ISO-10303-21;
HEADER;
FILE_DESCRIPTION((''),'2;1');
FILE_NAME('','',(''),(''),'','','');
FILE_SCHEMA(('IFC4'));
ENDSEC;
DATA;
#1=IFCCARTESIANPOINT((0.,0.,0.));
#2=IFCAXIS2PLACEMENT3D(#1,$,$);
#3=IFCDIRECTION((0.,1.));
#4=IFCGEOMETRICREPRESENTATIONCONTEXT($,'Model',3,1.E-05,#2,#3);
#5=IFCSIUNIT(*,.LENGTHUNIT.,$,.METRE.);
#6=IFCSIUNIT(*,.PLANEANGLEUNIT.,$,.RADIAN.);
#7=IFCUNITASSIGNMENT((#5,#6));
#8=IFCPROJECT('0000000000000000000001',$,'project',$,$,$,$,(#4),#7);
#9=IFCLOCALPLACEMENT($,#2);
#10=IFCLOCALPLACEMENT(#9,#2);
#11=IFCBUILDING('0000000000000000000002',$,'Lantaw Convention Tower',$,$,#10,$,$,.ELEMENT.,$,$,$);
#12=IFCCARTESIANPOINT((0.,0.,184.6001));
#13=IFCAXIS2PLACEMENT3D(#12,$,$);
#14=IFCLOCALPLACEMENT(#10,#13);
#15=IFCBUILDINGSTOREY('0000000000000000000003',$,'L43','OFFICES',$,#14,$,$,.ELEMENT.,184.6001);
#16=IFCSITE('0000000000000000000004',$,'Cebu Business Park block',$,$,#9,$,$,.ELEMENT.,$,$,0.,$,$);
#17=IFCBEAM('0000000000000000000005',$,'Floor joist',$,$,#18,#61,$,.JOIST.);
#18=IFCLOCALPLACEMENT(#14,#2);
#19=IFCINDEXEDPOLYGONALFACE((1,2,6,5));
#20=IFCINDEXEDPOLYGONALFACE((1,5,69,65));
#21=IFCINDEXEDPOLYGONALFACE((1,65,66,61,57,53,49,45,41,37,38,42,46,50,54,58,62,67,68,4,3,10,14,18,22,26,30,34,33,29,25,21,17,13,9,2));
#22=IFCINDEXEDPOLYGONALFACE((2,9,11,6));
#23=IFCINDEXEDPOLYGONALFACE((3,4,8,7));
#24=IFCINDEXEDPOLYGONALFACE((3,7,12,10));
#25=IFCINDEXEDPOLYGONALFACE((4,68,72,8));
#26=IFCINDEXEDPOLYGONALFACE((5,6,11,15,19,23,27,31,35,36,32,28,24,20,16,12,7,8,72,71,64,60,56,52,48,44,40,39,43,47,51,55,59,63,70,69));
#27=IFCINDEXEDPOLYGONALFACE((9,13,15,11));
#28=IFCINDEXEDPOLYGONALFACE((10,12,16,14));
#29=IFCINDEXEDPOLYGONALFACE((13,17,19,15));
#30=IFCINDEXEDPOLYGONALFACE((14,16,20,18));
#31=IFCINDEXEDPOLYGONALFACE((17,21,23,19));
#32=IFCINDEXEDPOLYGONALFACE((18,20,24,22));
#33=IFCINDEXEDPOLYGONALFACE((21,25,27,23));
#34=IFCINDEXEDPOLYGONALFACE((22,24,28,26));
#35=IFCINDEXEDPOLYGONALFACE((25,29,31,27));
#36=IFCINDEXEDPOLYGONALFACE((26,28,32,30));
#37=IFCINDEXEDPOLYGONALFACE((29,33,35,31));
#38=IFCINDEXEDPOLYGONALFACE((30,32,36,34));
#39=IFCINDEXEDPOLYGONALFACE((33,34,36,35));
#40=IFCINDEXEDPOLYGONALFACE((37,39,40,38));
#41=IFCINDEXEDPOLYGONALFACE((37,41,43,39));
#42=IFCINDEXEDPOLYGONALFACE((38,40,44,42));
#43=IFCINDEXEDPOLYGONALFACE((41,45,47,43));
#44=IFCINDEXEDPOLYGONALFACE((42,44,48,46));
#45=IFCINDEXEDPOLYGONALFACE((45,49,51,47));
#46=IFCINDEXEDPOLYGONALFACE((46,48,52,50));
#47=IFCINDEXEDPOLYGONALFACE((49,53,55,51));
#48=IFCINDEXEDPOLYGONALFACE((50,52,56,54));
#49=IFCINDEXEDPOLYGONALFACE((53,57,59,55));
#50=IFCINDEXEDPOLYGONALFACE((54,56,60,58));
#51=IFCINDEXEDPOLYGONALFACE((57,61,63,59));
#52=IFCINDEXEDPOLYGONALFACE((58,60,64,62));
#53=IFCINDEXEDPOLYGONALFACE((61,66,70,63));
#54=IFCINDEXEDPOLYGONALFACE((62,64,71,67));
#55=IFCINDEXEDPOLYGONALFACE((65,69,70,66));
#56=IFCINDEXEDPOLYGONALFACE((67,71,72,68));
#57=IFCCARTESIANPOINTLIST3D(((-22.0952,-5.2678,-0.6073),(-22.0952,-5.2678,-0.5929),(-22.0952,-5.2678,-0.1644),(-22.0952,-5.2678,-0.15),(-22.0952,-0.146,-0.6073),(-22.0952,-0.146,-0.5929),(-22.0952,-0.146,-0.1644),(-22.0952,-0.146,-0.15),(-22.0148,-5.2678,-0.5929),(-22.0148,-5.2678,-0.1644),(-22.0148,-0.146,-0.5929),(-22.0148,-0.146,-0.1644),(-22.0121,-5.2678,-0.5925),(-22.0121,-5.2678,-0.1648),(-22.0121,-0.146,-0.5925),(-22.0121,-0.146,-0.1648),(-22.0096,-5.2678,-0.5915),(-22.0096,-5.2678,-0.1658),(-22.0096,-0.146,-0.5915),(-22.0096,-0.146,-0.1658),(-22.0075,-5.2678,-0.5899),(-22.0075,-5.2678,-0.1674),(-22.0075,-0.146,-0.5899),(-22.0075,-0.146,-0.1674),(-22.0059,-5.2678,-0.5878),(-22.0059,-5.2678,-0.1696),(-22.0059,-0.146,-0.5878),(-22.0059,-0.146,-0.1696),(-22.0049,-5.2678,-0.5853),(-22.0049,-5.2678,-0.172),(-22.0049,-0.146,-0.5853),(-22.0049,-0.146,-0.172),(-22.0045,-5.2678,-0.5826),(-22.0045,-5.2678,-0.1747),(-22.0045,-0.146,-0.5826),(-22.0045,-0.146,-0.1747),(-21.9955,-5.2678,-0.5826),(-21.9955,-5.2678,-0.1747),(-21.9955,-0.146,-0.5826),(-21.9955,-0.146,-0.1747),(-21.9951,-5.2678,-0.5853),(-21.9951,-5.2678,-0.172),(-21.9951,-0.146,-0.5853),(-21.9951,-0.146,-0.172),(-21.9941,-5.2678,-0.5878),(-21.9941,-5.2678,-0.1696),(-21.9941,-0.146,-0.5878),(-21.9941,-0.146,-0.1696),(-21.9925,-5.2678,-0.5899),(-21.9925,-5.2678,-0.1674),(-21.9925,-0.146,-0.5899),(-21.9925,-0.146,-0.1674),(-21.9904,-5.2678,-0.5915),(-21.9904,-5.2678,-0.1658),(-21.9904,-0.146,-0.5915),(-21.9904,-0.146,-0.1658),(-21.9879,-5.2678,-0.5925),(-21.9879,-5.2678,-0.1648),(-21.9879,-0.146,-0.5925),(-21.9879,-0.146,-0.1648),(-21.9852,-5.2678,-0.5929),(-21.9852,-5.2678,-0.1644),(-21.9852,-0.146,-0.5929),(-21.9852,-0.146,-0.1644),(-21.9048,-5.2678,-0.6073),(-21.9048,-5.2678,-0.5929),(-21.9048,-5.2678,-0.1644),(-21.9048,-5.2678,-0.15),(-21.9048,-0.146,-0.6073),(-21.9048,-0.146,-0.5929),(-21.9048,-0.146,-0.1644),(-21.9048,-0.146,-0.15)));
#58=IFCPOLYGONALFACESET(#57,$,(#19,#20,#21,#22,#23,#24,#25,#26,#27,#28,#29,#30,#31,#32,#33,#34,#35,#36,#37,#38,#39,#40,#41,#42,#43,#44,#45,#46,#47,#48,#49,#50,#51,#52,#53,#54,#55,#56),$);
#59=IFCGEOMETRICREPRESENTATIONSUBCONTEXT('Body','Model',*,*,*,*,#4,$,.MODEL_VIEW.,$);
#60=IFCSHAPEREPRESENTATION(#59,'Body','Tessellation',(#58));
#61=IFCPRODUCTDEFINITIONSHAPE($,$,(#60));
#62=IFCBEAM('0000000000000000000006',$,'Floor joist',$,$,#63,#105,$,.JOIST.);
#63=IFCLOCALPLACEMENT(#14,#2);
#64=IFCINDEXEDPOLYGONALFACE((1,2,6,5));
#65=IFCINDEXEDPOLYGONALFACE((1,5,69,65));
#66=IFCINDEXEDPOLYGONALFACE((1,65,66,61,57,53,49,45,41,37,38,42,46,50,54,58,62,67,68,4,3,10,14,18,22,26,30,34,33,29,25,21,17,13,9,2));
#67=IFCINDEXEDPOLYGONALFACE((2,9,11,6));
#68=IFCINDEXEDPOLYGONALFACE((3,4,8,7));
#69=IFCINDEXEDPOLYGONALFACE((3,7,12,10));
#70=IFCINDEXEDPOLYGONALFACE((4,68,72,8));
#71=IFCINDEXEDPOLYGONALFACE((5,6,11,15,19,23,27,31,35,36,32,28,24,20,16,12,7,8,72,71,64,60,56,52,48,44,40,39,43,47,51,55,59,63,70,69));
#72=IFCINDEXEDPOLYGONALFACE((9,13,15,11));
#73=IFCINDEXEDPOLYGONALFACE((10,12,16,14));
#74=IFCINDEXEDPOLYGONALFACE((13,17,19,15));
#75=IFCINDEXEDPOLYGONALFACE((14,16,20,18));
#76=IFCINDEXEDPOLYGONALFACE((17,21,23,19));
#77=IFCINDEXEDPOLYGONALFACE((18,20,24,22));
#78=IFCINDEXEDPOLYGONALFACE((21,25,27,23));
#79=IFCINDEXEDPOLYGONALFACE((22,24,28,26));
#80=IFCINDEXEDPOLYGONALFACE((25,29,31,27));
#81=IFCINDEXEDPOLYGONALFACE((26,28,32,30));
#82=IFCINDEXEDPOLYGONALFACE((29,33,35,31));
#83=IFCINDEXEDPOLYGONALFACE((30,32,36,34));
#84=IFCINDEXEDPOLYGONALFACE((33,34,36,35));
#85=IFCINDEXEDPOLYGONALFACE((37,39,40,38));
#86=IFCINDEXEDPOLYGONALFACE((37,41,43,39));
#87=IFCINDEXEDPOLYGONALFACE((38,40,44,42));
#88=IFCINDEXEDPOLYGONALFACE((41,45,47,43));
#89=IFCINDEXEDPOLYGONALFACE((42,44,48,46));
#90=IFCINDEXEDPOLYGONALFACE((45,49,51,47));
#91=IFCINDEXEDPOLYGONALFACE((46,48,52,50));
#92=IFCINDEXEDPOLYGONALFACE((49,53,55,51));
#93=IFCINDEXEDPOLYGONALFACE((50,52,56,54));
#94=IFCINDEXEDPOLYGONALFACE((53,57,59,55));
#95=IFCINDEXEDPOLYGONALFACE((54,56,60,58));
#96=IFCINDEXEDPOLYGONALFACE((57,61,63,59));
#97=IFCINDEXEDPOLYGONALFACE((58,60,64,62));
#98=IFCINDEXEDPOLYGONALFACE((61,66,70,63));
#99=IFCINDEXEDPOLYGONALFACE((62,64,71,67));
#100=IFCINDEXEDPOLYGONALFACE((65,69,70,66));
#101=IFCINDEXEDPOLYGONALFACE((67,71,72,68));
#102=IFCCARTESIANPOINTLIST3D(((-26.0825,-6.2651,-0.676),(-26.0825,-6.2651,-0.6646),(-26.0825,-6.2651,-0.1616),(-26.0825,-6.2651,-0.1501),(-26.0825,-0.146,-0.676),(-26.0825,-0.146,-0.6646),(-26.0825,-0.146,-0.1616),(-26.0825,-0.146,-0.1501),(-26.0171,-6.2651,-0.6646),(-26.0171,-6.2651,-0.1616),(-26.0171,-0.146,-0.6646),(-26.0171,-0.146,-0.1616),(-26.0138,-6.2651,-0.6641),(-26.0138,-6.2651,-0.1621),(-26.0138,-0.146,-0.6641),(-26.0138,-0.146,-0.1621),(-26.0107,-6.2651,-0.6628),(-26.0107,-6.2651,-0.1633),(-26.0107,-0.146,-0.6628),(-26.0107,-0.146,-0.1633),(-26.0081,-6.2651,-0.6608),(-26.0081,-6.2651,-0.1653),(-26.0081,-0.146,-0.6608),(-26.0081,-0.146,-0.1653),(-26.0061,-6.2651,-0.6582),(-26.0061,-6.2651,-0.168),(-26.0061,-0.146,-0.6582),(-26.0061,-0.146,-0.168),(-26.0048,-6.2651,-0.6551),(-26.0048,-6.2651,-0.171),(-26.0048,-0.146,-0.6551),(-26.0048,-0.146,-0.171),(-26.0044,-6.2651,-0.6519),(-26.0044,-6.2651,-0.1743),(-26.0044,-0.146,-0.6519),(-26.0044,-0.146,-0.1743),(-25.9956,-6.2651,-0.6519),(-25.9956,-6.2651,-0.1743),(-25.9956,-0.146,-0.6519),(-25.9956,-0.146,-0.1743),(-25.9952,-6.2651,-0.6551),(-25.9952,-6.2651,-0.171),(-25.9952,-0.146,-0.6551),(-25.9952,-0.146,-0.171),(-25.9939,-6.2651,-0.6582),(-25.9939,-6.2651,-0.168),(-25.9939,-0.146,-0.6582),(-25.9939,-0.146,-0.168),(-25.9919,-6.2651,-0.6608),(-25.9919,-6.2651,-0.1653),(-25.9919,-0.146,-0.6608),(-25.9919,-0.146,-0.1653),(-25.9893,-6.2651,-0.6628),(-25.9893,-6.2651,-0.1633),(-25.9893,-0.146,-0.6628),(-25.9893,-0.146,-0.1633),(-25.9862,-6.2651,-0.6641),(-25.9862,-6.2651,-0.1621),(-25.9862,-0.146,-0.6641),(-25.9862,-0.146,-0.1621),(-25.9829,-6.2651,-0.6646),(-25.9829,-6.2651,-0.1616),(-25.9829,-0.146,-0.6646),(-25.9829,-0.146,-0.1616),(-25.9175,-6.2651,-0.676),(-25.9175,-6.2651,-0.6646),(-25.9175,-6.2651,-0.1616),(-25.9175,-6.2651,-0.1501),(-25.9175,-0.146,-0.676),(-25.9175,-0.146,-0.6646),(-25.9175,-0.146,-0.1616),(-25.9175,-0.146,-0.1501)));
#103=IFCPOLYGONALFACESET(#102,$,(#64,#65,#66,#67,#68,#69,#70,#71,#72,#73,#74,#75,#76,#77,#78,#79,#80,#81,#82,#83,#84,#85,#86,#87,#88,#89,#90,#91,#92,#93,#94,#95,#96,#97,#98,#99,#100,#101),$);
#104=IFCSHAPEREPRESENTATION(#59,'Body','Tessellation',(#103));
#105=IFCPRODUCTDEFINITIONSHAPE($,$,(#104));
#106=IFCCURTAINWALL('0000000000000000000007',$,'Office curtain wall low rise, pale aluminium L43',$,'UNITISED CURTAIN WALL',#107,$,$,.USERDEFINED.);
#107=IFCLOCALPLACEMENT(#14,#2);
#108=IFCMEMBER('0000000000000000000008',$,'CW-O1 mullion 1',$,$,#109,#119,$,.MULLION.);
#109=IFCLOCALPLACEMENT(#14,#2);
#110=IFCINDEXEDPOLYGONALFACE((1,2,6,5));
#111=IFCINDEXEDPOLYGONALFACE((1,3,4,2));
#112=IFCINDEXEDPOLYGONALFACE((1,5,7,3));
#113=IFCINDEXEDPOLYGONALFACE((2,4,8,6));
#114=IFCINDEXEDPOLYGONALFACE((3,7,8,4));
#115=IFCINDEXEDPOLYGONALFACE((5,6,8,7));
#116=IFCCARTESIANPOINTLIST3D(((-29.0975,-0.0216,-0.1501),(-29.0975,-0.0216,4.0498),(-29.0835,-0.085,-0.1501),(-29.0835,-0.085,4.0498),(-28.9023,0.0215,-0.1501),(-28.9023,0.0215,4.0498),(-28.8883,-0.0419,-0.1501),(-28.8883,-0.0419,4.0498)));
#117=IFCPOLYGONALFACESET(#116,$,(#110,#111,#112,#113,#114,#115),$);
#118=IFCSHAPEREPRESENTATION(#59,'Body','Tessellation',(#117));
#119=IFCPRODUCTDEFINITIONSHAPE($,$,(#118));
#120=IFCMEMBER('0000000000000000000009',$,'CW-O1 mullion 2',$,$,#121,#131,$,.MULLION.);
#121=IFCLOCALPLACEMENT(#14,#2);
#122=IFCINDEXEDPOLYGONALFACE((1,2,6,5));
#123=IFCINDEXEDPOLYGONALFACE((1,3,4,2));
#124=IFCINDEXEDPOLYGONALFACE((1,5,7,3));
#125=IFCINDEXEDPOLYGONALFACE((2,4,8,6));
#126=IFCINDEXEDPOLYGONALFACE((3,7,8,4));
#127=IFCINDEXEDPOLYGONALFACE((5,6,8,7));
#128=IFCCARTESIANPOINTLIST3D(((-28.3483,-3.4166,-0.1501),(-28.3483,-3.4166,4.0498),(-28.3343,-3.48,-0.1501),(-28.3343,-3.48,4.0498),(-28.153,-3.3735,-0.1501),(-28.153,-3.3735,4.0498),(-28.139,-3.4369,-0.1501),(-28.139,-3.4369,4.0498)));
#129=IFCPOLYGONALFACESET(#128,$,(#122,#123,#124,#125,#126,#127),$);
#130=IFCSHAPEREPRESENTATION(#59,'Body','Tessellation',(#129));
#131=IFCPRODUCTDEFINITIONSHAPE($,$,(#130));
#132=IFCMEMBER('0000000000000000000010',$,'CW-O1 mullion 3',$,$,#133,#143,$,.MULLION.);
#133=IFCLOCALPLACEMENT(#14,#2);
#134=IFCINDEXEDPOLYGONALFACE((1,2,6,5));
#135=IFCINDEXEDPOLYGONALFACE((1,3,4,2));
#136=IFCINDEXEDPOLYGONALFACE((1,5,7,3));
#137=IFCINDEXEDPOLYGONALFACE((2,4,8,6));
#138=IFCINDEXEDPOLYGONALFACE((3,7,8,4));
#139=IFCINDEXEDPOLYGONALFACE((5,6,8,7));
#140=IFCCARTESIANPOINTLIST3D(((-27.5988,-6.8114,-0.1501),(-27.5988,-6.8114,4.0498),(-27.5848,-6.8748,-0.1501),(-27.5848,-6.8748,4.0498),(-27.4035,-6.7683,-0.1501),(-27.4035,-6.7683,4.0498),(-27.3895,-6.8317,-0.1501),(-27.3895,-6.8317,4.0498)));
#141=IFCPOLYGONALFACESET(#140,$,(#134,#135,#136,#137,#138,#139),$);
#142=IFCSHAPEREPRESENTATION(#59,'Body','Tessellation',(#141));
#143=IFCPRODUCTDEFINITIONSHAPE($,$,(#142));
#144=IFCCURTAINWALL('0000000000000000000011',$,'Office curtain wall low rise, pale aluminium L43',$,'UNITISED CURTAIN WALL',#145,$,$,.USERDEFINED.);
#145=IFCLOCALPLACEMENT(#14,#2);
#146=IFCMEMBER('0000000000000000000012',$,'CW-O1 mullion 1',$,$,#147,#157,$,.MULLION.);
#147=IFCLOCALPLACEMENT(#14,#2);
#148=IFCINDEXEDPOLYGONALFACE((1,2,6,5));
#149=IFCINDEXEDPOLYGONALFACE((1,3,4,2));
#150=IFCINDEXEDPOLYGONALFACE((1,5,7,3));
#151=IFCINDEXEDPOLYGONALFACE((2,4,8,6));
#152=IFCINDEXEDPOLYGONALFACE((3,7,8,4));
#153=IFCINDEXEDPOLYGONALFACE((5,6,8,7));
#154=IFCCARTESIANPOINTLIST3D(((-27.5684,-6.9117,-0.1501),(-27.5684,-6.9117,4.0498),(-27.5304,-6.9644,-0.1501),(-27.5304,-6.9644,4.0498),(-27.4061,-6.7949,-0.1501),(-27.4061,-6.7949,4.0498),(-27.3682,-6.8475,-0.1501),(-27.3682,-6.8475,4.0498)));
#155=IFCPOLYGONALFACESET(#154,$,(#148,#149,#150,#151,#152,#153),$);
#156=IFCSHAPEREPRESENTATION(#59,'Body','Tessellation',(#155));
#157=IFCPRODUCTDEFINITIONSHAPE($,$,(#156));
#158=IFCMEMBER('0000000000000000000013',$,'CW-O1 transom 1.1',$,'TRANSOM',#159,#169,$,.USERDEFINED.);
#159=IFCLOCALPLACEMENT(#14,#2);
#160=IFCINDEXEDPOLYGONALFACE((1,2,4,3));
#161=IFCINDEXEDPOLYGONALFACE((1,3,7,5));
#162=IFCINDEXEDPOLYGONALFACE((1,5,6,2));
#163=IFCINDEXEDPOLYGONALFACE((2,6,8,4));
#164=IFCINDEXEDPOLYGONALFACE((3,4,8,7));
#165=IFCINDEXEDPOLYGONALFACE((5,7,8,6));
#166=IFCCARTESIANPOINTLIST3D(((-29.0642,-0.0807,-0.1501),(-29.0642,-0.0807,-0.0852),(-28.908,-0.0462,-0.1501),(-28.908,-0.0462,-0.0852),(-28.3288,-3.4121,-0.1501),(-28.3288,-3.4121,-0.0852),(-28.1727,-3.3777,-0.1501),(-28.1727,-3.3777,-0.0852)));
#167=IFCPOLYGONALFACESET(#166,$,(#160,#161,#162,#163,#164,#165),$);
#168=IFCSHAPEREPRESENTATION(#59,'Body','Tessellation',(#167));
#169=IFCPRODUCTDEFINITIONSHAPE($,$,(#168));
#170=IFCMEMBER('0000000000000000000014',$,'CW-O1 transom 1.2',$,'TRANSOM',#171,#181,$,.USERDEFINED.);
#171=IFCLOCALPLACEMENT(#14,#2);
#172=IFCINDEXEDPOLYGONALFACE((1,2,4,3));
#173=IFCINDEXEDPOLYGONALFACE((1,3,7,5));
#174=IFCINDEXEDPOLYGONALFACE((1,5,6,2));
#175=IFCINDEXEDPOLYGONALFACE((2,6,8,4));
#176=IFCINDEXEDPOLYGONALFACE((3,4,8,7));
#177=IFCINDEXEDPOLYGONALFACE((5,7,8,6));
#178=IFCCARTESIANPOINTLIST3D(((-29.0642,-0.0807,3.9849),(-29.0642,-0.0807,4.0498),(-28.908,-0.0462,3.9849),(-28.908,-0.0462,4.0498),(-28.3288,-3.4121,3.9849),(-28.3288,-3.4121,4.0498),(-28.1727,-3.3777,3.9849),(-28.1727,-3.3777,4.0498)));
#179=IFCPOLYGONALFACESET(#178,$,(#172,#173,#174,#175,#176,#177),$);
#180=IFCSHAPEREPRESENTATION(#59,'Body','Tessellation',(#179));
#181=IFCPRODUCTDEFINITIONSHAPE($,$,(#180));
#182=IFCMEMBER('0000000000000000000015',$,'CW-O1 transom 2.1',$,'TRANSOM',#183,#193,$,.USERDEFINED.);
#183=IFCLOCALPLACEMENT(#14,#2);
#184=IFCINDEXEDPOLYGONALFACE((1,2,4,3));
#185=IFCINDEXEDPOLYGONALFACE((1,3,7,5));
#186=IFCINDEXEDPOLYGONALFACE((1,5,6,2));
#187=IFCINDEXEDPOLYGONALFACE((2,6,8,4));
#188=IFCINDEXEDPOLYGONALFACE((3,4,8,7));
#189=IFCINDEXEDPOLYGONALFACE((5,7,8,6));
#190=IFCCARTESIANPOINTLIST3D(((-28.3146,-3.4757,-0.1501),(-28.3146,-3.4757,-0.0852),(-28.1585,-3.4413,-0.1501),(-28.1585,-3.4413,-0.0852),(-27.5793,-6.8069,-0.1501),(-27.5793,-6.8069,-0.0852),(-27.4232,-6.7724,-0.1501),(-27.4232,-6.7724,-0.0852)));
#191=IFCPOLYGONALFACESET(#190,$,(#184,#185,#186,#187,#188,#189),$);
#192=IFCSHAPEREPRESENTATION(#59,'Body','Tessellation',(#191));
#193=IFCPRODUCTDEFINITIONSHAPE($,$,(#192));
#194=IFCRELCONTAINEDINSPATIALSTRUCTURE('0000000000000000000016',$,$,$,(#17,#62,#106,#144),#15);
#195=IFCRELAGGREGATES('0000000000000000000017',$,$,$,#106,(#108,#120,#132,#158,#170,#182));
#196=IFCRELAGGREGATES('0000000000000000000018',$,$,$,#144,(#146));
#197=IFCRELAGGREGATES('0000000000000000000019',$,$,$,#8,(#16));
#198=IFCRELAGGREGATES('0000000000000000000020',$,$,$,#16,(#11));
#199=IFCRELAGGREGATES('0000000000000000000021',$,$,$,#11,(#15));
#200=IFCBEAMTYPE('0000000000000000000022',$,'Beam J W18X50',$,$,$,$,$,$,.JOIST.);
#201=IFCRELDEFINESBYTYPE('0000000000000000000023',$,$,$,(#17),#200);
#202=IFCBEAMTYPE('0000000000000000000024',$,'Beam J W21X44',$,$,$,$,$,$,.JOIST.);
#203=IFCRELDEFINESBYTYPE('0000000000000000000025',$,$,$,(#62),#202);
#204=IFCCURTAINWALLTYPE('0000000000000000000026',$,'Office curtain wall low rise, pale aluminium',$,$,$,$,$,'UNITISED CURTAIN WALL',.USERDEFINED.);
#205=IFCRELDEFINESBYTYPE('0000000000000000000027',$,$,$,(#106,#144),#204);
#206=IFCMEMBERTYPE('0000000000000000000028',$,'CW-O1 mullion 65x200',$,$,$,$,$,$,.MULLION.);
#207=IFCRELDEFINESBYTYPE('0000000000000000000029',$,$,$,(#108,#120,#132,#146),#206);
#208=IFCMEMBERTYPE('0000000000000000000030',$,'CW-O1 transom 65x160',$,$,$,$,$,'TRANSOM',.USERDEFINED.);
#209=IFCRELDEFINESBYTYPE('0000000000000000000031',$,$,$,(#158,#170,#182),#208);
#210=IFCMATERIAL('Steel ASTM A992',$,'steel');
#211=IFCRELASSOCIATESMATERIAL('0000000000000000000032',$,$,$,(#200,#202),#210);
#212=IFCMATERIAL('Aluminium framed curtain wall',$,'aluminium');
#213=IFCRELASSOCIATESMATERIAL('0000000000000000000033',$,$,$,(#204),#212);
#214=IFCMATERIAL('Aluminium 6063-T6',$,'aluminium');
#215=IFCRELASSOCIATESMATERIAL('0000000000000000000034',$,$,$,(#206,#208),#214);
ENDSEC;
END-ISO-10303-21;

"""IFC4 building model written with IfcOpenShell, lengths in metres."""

from ifc_helpers import new_model, si_unit, direction, frame, origin, origin_2d, place, context, subcontext, project, spatial, rectangle, i_section, extrude, material, material_profile, profile_set, type_object, element, aggregate, save


model = new_model("IFC4")

# Units and contexts
model_context = context("Model", 3, precision=1e-05, world=origin(), true_north=direction((0.0, 1.0)))
body_context = subcontext(model_context, "Body", "Model", "MODEL_VIEW")
ifc_project = project(units=[si_unit("LENGTHUNIT", "METRE"), si_unit("PLANEANGLEUNIT", "RADIAN")], contexts=[model_context])

# Site, building, storey
site_placement = place(None, origin())
site = spatial("IfcSite", under=ifc_project, at=site_placement, Name="Cebu Business Park block", CompositionType="ELEMENT", RefElevation=0.0)
building_placement = place(site_placement, origin())
building = spatial("IfcBuilding", under=site, at=building_placement, Name="Lantaw Convention Tower", CompositionType="ELEMENT")
storey_placement = place(building_placement, frame((0.0, 0.0, 184.6001)))
storey = spatial("IfcBuildingStorey", under=building, at=storey_placement, Name="L43", Description="OFFICES", CompositionType="ELEMENT", Elevation=184.6001)

# Beams
ifc_material_1 = material(Name="Steel ASTM A992", Category="steel")
ifc_material_profile_1 = material_profile(ifc_material_1, i_section(OverallWidth=0.1904, OverallDepth=0.4573, WebThickness=0.009, FlangeThickness=0.0144, FilletRadius=0.0103, at=origin_2d()), Name="W18X50")
ifc_profile_set_1 = profile_set([ifc_material_profile_1], Name="Steel ASTM A992")
beam_type_1 = type_object("IfcBeamType", Name="Beam J W18X50", PredefinedType="JOIST", material=ifc_profile_set_1)
beam_1_placement = place(storey_placement, frame((-22.0, -5.2678, -0.3787), z_axis=(0.0, 1.0, 0.0), x_axis=(-1.0, 0.0, 0.0)))
element("IfcBeam", 1, at=beam_1_placement, inside=storey, type_object=beam_type_1, Name="Floor joist", PredefinedType="JOIST", context=body_context, shape_type="SweptSolid", body=[
    extrude(i_section(OverallWidth=0.1904, OverallDepth=0.4573, WebThickness=0.009, FlangeThickness=0.0144, FilletRadius=0.0103, at=origin_2d()), origin(), (0.0, 0.0, 1.0), 5.1218),
])
ifc_material_profile_2 = material_profile(ifc_material_1, i_section(OverallWidth=0.165, OverallDepth=0.5259, WebThickness=0.0088, FlangeThickness=0.0115, FilletRadius=0.0127, at=origin_2d()), Name="W21X44")
ifc_profile_set_2 = profile_set([ifc_material_profile_2], Name="Steel ASTM A992")
beam_type_2 = type_object("IfcBeamType", Name="Beam J W21X44", PredefinedType="JOIST", material=ifc_profile_set_2)
beam_2_placement = place(storey_placement, frame((-26.0, -6.2651, -0.4131), z_axis=(0.0, 1.0, 0.0), x_axis=(-1.0, 0.0, 0.0)))
element("IfcBeam", 2, at=beam_2_placement, inside=storey, type_object=beam_type_2, Name="Floor joist", PredefinedType="JOIST", context=body_context, shape_type="SweptSolid", body=[
    extrude(i_section(OverallWidth=0.165, OverallDepth=0.5259, WebThickness=0.0088, FlangeThickness=0.0115, FilletRadius=0.0127, at=origin_2d()), origin(), (0.0, 0.0, 1.0), 6.1191),
])

# Curtain wall, members
ifc_material_2 = material(Name="Aluminium framed curtain wall", Category="aluminium")
curtain_wall_type = type_object("IfcCurtainWallType", Name="Office curtain wall low rise, pale aluminium", ElementType="UNITISED CURTAIN WALL", PredefinedType="USERDEFINED", material=ifc_material_2)
curtain_wall_1_placement = place(storey_placement, origin())
curtain_wall_1 = element("IfcCurtainWall", 3, at=curtain_wall_1_placement, inside=storey, type_object=curtain_wall_type, Name="Office curtain wall low rise, pale aluminium L43", ObjectType="UNITISED CURTAIN WALL", PredefinedType="USERDEFINED")
ifc_material_3 = material(Name="Aluminium 6063-T6", Category="aluminium")
ifc_material_profile_3 = material_profile(ifc_material_3, rectangle(XDim=0.2, YDim=0.0649, at=origin_2d()), Name="CW-O1 mullion 65x200")
ifc_profile_set_3 = profile_set([ifc_material_profile_3], Name="Aluminium 6063-T6")
member_type_1 = type_object("IfcMemberType", Name="CW-O1 mullion 65x200", PredefinedType="MULLION", material=ifc_profile_set_3)
member_1_placement = place(storey_placement, frame((-28.9929, -0.0317, -0.1501), z_axis=(0.0, 0.0, 1.0), x_axis=(0.976494, 0.215546, 0.0)))
member_1 = element("IfcMember", 4, at=member_1_placement, type_object=member_type_1, Name="CW-O1 mullion 1", PredefinedType="MULLION", context=body_context, shape_type="SweptSolid", body=[
    extrude(rectangle(XDim=0.2, YDim=0.0649, at=origin_2d()), origin(), (0.0, 0.0, 1.0), 4.2),
])
member_2_placement = place(storey_placement, frame((-28.2437, -3.4268, -0.1501), z_axis=(0.0, 0.0, 1.0), x_axis=(0.976494, 0.215546, 0.0)))
member_2 = element("IfcMember", 5, at=member_2_placement, type_object=member_type_1, Name="CW-O1 mullion 2", PredefinedType="MULLION", context=body_context, shape_type="SweptSolid", body=[
    extrude(rectangle(XDim=0.2, YDim=0.0649, at=origin_2d()), origin(), (0.0, 0.0, 1.0), 4.2),
])
member_3_placement = place(storey_placement, frame((-27.4941, -6.8215, -0.1501), z_axis=(0.0, 0.0, 1.0), x_axis=(0.976494, 0.215546, 0.0)))
member_3 = element("IfcMember", 6, at=member_3_placement, type_object=member_type_1, Name="CW-O1 mullion 3", PredefinedType="MULLION", context=body_context, shape_type="SweptSolid", body=[
    extrude(rectangle(XDim=0.2, YDim=0.0649, at=origin_2d()), origin(), (0.0, 0.0, 1.0), 4.2),
])

# Curtain wall, member
curtain_wall_2_placement = place(storey_placement, origin())
curtain_wall_2 = element("IfcCurtainWall", 7, at=curtain_wall_2_placement, inside=storey, type_object=curtain_wall_type, Name="Office curtain wall low rise, pale aluminium L43", ObjectType="UNITISED CURTAIN WALL", PredefinedType="USERDEFINED")
member_4_placement = place(storey_placement, frame((-27.4683, -6.8796, -0.1501), z_axis=(0.0, 0.0, 1.0), x_axis=(0.811385, 0.584513, 0.0)))
member_4 = element("IfcMember", 8, at=member_4_placement, type_object=member_type_1, Name="CW-O1 mullion 1", PredefinedType="MULLION", context=body_context, shape_type="SweptSolid", body=[
    extrude(rectangle(XDim=0.2, YDim=0.0649, at=origin_2d()), origin(), (0.0, 0.0, 1.0), 4.2),
])

# Members
ifc_material_profile_4 = material_profile(ifc_material_3, rectangle(XDim=0.1599, YDim=0.0649, at=origin_2d()), Name="CW-O1 transom 65x160")
ifc_profile_set_4 = profile_set([ifc_material_profile_4], Name="Aluminium 6063-T6")
member_type_2 = type_object("IfcMemberType", Name="CW-O1 transom 65x160", ElementType="TRANSOM", PredefinedType="USERDEFINED", material=ifc_profile_set_4)
member_5_placement = place(storey_placement, frame((-28.9861, -0.0635, -0.1177), z_axis=(0.215536, -0.976496, 0.0), x_axis=(0.976496, 0.215536, 0.0)))
member_5 = element("IfcMember", 9, at=member_5_placement, type_object=member_type_2, Name="CW-O1 transom 1.1", ObjectType="TRANSOM", PredefinedType="USERDEFINED", context=body_context, shape_type="SweptSolid", body=[
    extrude(rectangle(XDim=0.1599, YDim=0.0649, at=origin_2d()), origin(), (0.0, 0.0, 1.0), 3.4116),
])
member_6_placement = place(storey_placement, frame((-28.9861, -0.0635, 4.0173), z_axis=(0.215536, -0.976496, 0.0), x_axis=(0.976496, 0.215536, 0.0)))
member_6 = element("IfcMember", 10, at=member_6_placement, type_object=member_type_2, Name="CW-O1 transom 1.2", ObjectType="TRANSOM", PredefinedType="USERDEFINED", context=body_context, shape_type="SweptSolid", body=[
    extrude(rectangle(XDim=0.1599, YDim=0.0649, at=origin_2d()), origin(), (0.0, 0.0, 1.0), 3.4116),
])
member_7_placement = place(storey_placement, frame((-28.2366, -3.4585, -0.1177), z_axis=(0.215551, -0.976493, 0.0), x_axis=(0.976493, 0.215551, 0.0)))
member_7 = element("IfcMember", 11, at=member_7_placement, type_object=member_type_2, Name="CW-O1 transom 2.1", ObjectType="TRANSOM", PredefinedType="USERDEFINED", context=body_context, shape_type="SweptSolid", body=[
    extrude(rectangle(XDim=0.1599, YDim=0.0649, at=origin_2d()), origin(), (0.0, 0.0, 1.0), 3.4114),
])

aggregate(curtain_wall_1, [member_1, member_2, member_3, member_5, member_6, member_7])
aggregate(curtain_wall_2, [member_4])

save(model, "model.ifc")
